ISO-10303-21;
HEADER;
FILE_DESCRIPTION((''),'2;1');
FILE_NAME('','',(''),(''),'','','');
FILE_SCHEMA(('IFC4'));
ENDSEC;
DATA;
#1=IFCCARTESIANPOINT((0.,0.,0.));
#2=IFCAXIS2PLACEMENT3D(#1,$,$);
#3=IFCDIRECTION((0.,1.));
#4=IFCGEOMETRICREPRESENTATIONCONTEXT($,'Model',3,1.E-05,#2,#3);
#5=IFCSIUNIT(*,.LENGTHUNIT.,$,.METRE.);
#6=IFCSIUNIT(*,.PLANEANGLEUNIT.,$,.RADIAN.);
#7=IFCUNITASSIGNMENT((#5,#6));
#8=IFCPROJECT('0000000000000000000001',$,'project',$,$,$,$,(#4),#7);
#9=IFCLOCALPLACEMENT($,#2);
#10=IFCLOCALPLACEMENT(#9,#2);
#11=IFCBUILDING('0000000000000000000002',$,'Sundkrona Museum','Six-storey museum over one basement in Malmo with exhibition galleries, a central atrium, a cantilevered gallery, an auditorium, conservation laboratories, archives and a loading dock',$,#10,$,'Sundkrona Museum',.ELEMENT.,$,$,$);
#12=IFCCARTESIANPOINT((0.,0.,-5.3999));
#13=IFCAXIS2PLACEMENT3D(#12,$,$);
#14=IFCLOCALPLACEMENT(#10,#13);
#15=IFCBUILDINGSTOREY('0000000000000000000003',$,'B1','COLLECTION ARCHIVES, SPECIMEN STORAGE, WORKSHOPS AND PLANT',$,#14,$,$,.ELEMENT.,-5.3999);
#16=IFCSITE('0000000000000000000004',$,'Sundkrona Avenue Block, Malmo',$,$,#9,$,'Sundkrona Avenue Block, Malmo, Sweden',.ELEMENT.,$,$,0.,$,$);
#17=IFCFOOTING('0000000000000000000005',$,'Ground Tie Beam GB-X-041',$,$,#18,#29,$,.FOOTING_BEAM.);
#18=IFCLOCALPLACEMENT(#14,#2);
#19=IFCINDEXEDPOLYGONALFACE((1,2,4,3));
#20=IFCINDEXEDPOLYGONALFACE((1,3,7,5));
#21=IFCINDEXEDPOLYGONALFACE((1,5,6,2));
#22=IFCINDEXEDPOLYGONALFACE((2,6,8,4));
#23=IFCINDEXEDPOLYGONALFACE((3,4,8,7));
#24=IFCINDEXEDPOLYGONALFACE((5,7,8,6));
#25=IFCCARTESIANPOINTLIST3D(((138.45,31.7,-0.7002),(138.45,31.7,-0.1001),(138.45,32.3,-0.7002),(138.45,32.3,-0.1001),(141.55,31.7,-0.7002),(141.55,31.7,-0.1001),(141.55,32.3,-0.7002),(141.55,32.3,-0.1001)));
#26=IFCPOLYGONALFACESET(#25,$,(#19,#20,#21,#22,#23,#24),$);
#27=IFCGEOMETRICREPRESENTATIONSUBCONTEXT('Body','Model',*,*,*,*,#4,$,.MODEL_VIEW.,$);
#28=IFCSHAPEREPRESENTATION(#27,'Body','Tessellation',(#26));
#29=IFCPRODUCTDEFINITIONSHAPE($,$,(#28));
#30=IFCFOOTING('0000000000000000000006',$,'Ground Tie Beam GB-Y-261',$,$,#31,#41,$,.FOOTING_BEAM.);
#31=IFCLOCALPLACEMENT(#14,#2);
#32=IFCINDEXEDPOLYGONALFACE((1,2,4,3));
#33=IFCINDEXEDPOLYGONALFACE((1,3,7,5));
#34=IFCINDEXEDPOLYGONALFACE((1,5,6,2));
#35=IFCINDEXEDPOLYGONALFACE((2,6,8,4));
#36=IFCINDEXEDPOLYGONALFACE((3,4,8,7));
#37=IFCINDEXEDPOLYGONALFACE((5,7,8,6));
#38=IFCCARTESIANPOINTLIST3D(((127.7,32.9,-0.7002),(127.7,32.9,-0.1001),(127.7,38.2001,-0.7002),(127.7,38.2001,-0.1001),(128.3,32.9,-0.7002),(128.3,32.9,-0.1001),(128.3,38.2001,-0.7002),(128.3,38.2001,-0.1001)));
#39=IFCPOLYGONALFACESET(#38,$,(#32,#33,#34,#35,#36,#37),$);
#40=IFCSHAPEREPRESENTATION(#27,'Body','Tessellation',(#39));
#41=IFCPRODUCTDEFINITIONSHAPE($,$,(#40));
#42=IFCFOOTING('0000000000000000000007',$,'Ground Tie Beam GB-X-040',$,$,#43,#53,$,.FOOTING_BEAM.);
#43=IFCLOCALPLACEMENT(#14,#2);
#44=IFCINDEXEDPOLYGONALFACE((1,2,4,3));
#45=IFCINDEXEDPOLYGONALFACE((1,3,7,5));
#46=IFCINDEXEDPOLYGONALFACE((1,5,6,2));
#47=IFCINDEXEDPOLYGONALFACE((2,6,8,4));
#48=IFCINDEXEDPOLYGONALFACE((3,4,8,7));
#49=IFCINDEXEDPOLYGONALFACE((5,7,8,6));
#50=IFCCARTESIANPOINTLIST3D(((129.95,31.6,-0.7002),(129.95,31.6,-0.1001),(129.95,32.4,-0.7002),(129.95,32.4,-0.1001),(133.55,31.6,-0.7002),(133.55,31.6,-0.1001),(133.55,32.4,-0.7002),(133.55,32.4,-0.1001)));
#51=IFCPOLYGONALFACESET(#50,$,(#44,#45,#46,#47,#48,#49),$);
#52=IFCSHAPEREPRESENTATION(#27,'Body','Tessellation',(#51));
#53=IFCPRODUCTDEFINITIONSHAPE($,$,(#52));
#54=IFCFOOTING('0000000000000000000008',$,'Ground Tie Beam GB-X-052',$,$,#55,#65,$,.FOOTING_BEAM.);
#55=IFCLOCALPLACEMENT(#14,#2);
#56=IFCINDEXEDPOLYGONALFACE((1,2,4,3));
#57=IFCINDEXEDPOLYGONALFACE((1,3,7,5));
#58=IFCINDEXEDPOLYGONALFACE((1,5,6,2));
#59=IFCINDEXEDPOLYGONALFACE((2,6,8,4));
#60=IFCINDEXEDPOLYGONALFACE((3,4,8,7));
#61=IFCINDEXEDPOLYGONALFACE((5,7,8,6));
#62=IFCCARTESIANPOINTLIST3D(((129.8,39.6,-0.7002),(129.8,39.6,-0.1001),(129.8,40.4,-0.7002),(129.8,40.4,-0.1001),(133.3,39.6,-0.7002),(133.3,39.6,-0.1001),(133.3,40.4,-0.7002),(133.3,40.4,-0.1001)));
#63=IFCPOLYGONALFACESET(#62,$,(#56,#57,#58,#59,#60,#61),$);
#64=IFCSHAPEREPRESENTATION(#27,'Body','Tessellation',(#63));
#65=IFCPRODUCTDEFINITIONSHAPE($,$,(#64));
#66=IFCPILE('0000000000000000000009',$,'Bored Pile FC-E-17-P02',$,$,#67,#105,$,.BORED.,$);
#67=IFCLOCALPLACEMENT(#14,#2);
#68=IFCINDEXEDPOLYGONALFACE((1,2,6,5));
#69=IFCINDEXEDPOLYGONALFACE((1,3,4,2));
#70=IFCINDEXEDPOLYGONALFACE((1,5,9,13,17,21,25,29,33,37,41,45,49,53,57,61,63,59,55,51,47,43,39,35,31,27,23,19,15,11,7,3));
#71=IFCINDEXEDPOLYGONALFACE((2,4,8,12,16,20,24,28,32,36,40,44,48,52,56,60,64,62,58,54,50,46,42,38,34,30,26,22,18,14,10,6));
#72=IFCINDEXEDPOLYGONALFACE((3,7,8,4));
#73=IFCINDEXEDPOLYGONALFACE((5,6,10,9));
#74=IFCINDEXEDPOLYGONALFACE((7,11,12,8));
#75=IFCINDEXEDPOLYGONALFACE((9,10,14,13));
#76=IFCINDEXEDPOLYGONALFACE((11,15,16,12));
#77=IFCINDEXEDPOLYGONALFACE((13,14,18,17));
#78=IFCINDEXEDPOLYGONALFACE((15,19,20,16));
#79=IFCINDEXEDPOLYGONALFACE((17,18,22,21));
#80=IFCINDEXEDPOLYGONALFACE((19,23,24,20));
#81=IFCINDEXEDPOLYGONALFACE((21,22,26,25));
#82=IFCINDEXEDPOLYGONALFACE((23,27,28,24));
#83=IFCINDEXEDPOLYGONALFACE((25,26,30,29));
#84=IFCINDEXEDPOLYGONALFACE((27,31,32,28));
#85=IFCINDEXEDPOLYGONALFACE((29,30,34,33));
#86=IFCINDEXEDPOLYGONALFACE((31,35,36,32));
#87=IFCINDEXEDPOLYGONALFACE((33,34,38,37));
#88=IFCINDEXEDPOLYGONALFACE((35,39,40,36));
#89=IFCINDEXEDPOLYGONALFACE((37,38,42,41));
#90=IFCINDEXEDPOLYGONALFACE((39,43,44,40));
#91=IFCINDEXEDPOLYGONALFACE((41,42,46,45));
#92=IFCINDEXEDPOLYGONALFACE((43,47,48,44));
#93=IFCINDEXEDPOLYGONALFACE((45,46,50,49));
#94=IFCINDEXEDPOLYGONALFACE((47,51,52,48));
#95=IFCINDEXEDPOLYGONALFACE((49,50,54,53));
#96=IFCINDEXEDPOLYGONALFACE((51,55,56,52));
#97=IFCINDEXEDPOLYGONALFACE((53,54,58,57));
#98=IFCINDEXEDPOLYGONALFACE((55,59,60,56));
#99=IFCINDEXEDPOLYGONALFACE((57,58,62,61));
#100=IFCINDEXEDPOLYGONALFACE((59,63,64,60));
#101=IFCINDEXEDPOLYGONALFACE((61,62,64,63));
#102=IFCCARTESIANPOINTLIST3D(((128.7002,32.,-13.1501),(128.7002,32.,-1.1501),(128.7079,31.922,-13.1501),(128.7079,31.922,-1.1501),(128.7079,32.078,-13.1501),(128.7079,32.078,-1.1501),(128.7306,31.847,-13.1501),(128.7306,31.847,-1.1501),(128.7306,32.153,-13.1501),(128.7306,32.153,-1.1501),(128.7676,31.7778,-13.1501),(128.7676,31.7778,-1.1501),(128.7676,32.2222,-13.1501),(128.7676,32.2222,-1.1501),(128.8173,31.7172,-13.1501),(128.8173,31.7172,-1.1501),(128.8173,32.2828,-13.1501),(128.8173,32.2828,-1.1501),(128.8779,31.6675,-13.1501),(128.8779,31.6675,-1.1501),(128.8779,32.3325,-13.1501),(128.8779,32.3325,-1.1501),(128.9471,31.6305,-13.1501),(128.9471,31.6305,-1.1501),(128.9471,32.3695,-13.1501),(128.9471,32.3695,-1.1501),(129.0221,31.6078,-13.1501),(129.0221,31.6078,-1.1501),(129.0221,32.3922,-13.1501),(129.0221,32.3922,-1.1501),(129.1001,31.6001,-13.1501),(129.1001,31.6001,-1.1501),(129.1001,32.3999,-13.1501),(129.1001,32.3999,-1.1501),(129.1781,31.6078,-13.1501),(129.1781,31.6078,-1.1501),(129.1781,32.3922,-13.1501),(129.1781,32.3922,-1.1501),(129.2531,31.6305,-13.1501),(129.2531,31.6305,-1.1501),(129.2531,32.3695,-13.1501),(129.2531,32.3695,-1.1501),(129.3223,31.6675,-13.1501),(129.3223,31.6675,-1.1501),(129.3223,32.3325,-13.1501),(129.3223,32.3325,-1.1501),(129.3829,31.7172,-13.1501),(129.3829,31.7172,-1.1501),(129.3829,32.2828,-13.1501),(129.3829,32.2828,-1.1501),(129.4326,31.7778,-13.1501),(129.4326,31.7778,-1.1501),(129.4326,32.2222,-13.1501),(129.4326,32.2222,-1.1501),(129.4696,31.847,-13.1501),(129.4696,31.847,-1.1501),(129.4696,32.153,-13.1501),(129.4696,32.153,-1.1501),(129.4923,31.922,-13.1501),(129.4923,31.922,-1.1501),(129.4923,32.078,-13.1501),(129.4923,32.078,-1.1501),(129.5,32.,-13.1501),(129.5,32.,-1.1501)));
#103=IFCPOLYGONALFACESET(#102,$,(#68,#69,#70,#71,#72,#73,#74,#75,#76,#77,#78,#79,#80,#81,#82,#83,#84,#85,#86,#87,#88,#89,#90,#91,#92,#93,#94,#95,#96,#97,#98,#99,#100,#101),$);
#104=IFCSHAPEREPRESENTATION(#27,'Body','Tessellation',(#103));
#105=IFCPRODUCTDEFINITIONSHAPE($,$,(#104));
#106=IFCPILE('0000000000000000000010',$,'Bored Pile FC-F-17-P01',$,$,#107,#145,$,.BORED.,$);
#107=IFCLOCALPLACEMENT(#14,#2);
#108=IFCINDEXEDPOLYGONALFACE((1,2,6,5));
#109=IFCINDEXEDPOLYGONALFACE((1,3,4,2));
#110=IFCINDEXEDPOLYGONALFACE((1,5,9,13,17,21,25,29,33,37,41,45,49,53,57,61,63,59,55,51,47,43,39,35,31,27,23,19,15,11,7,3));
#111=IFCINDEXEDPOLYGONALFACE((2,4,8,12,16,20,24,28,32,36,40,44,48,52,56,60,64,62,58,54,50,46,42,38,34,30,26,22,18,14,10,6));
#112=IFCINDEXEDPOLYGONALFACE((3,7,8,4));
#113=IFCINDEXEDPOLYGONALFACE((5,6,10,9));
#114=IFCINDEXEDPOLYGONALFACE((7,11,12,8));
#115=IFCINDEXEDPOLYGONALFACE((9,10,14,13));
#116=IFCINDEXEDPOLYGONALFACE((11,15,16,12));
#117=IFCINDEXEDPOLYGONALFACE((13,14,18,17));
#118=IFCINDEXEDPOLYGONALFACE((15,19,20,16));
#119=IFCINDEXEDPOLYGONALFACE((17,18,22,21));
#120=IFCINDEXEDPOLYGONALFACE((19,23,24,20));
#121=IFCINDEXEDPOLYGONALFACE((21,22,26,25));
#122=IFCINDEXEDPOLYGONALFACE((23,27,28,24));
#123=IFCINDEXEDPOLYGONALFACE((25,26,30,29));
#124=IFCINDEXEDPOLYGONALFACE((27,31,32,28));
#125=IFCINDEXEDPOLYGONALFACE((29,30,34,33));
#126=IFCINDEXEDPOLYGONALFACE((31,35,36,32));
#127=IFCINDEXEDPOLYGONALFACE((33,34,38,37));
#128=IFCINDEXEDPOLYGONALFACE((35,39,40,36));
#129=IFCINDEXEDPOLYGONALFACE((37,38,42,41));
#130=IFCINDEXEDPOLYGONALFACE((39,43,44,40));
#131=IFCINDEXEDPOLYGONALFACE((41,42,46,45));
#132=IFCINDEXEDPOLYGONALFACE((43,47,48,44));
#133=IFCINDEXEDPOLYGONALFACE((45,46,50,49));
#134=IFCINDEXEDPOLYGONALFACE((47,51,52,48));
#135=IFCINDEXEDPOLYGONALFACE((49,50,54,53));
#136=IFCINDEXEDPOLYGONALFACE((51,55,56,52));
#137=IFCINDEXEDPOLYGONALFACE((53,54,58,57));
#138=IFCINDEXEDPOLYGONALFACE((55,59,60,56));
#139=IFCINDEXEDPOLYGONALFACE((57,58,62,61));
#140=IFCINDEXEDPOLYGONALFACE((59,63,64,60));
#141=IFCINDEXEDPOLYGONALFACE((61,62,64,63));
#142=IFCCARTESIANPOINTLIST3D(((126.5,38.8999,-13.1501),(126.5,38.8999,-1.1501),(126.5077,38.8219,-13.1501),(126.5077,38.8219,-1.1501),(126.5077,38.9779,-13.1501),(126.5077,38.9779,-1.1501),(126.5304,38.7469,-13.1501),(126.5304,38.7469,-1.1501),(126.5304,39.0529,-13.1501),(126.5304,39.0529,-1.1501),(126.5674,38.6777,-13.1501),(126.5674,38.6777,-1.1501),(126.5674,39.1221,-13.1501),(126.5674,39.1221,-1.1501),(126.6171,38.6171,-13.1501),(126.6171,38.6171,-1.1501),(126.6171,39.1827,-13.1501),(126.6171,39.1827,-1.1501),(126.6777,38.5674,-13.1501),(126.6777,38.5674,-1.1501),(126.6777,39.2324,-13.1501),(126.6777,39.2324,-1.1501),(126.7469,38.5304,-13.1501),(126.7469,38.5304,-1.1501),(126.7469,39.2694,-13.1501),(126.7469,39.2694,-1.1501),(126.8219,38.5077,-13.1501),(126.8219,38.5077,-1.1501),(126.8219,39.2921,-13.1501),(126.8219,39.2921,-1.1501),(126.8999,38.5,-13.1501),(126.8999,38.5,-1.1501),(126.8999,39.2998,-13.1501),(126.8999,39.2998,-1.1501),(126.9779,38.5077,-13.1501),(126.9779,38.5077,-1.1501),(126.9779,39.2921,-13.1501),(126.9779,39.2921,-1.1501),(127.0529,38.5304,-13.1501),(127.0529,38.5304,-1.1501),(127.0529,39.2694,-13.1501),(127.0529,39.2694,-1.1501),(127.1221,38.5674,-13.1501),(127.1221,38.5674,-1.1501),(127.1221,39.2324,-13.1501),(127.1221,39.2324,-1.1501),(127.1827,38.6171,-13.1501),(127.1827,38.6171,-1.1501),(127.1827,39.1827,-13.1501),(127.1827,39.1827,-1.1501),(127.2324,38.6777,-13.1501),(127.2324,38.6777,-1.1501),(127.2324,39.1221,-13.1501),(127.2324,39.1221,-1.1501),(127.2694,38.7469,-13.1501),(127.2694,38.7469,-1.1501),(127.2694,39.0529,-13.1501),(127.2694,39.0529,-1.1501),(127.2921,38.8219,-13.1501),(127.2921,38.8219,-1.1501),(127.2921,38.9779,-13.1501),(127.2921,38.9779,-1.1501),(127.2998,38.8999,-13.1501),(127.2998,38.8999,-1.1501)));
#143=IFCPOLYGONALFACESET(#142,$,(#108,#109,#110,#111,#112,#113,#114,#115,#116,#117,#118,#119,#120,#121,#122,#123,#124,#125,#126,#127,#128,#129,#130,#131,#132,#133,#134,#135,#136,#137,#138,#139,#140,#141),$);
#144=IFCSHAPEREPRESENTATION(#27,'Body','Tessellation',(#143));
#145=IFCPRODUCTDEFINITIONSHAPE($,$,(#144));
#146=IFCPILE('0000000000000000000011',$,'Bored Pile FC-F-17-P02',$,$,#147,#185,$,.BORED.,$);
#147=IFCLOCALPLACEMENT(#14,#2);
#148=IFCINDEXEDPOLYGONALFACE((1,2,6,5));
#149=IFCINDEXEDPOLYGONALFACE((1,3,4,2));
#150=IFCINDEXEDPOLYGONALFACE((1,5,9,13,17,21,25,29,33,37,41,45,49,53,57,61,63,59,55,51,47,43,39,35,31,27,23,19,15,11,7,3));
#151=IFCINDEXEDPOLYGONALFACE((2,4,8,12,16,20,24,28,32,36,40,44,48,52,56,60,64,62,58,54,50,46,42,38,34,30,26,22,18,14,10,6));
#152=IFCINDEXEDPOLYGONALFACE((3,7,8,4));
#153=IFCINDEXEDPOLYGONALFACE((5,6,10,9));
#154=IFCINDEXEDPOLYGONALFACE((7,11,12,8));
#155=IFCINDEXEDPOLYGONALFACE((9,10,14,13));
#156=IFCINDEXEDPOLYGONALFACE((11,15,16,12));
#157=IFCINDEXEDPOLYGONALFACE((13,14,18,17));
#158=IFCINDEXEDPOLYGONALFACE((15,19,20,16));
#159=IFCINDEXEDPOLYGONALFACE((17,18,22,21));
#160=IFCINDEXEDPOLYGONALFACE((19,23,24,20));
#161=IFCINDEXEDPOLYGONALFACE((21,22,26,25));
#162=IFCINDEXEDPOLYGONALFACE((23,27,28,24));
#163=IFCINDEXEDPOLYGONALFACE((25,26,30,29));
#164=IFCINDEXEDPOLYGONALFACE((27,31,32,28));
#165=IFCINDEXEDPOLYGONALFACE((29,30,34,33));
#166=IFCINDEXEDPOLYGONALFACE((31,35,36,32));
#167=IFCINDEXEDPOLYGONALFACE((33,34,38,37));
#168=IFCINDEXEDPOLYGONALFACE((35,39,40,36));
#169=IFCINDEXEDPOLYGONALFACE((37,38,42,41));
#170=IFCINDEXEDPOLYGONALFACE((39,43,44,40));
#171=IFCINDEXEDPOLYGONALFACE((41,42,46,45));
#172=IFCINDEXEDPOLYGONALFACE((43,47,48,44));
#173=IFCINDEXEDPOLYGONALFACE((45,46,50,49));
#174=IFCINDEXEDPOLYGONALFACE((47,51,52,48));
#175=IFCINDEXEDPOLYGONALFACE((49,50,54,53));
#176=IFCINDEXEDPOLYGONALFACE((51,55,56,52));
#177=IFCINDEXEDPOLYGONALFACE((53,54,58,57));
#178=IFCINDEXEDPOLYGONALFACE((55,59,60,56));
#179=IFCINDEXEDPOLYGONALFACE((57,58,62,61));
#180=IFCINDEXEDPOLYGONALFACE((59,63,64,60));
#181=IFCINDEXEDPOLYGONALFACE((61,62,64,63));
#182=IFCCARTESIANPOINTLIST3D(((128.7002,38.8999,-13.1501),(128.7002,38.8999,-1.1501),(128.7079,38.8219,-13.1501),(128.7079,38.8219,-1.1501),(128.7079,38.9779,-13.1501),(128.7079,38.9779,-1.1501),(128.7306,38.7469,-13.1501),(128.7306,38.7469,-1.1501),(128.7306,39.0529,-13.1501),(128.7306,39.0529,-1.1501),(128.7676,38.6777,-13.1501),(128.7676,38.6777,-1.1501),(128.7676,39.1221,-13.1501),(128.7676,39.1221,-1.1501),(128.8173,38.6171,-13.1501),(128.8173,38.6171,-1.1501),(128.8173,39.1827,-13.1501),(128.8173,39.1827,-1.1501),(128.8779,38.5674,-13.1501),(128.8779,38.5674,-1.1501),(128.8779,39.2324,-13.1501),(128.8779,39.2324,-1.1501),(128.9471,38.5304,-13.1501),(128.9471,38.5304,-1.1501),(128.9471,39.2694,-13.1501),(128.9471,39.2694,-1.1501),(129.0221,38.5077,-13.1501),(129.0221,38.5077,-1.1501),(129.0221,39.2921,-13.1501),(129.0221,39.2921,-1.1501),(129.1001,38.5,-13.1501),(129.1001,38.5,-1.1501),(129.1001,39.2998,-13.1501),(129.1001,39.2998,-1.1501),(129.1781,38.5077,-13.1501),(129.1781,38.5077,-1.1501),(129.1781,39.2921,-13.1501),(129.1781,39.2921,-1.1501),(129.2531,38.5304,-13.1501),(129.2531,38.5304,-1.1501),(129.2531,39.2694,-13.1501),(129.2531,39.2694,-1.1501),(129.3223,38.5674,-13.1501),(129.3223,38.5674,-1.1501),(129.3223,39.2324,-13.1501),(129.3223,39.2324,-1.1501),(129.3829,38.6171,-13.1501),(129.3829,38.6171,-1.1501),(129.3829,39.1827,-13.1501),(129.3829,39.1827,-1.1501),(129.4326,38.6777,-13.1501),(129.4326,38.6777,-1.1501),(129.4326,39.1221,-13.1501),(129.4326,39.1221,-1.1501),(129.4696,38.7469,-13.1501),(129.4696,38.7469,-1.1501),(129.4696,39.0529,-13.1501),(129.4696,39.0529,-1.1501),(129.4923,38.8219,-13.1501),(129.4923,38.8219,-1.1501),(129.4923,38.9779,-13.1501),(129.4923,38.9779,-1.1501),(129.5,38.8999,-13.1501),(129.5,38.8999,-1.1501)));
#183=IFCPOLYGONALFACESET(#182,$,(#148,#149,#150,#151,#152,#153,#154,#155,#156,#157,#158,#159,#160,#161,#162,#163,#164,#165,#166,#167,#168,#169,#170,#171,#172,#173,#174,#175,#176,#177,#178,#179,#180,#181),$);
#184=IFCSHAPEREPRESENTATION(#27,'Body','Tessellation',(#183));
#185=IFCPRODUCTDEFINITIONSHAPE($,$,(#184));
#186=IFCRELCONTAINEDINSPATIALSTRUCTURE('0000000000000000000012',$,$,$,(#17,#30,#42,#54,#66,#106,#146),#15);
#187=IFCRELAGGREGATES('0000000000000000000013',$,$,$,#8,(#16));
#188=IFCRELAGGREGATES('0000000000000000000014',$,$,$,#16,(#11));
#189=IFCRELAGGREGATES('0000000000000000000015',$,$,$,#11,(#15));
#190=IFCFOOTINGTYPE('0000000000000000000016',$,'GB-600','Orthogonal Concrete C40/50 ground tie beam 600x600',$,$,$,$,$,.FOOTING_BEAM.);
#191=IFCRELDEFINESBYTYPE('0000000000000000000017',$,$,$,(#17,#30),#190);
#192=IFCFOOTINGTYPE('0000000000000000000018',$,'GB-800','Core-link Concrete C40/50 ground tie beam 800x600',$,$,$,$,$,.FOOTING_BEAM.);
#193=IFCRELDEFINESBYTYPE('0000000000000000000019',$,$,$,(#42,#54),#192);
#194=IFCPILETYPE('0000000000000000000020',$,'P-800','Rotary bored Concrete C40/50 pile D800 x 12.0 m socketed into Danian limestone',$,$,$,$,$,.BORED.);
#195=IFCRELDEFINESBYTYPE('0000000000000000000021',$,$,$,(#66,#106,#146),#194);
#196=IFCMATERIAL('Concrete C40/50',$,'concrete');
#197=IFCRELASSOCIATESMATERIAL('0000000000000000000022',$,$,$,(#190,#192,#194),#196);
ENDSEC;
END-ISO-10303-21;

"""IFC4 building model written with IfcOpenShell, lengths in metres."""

from ifc_helpers import new_model, si_unit, direction, frame, origin, origin_2d, place, context, subcontext, project, spatial, rectangle, circle, extrude, material, material_profile, profile_set, type_object, element, save


model = new_model("IFC4")

# Units and contexts
model_context = context("Model", 3, precision=1e-05, world=origin(), true_north=direction((0.0, 1.0)))
body_context = subcontext(model_context, "Body", "Model", "MODEL_VIEW")
ifc_project = project(units=[si_unit("LENGTHUNIT", "METRE"), si_unit("PLANEANGLEUNIT", "RADIAN")], contexts=[model_context])

# Site, building, storey
site_placement = place(None, origin())
site = spatial("IfcSite", under=ifc_project, at=site_placement, Name="Sundkrona Avenue Block, Malmo", LongName="Sundkrona Avenue Block, Malmo, Sweden", CompositionType="ELEMENT", RefElevation=0.0)
building_placement = place(site_placement, origin())
building = spatial("IfcBuilding", under=site, at=building_placement, Name="Sundkrona Museum", Description="Six-storey museum over one basement in Malmo with exhibition galleries, a central atrium, a cantilevered gallery, an auditorium, conservation laboratories, archives and a loading dock", LongName="Sundkrona Museum", CompositionType="ELEMENT")
storey_placement = place(building_placement, frame((0.0, 0.0, -5.3999)))
storey = spatial("IfcBuildingStorey", under=building, at=storey_placement, Name="B1", Description="COLLECTION ARCHIVES, SPECIMEN STORAGE, WORKSHOPS AND PLANT", CompositionType="ELEMENT", Elevation=-5.3999)

# Footings
ifc_material_1 = material(Name="Concrete C40/50", Category="concrete")
footing_type_1 = type_object("IfcFootingType", Name="GB-600", Description="Orthogonal Concrete C40/50 ground tie beam 600x600", PredefinedType="FOOTING_BEAM", material=ifc_material_1)
footing_1_placement = place(storey_placement, frame((140.0, 32.0, -0.7002), z_axis=(0.0, 0.0, 1.0), x_axis=(1.0, 0.0, 0.0)))
element("IfcFooting", 1, at=footing_1_placement, inside=storey, type_object=footing_type_1, Name="Ground Tie Beam GB-X-041", PredefinedType="FOOTING_BEAM", context=body_context, shape_type="SweptSolid", body=[
    extrude(rectangle(XDim=3.1001, YDim=0.6001, at=origin_2d()), origin(), (0.0, 0.0, 1.0), 0.6001),
])
footing_2_placement = place(storey_placement, frame((128.0, 35.55, -0.7002), z_axis=(0.0, 0.0, 1.0), x_axis=(0.0, 1.0, 0.0)))
element("IfcFooting", 2, at=footing_2_placement, inside=storey, type_object=footing_type_1, Name="Ground Tie Beam GB-Y-261", PredefinedType="FOOTING_BEAM", context=body_context, shape_type="SweptSolid", body=[
    extrude(rectangle(XDim=5.3, YDim=0.6001, at=origin_2d()), origin(), (0.0, 0.0, 1.0), 0.6001),
])
footing_type_2 = type_object("IfcFootingType", Name="GB-800", Description="Core-link Concrete C40/50 ground tie beam 800x600", PredefinedType="FOOTING_BEAM", material=ifc_material_1)
footing_3_placement = place(storey_placement, frame((131.75, 32.0, -0.7002), z_axis=(0.0, 0.0, 1.0), x_axis=(1.0, 0.0, 0.0)))
element("IfcFooting", 3, at=footing_3_placement, inside=storey, type_object=footing_type_2, Name="Ground Tie Beam GB-X-040", PredefinedType="FOOTING_BEAM", context=body_context, shape_type="SweptSolid", body=[
    extrude(rectangle(XDim=3.6001, YDim=0.8, at=origin_2d()), origin(), (0.0, 0.0, 1.0), 0.6001),
])
footing_4_placement = place(storey_placement, frame((131.55, 40.0, -0.7002), z_axis=(0.0, 0.0, 1.0), x_axis=(1.0, 0.0, 0.0)))
element("IfcFooting", 4, at=footing_4_placement, inside=storey, type_object=footing_type_2, Name="Ground Tie Beam GB-X-052", PredefinedType="FOOTING_BEAM", context=body_context, shape_type="SweptSolid", body=[
    extrude(rectangle(XDim=3.5, YDim=0.8, at=origin_2d()), origin(), (0.0, 0.0, 1.0), 0.6001),
])

# Piles
ifc_material_profile_1 = material_profile(ifc_material_1, circle(Radius=0.3999, at=origin_2d()), Name="PILE D800")
ifc_profile_set_1 = profile_set([ifc_material_profile_1], Name="Concrete C40/50")
pile_type = type_object("IfcPileType", Name="P-800", Description="Rotary bored Concrete C40/50 pile D800 x 12.0 m socketed into Danian limestone", PredefinedType="BORED", material=ifc_profile_set_1)
for number, where, z_axis, x_axis, name in (
    (5, (129.1001, 32.0, -1.1501), (0.0, 0.0, -1.0), (1.0, 0.0, 0.0), "Bored Pile FC-E-17-P02"),
    (6, (126.8999, 38.8999, -1.1501), (0.0, 0.0, -1.0), (1.0, 0.0, 0.0), "Bored Pile FC-F-17-P01"),
    (7, (129.1001, 38.8999, -1.1501), (0.0, 0.0, -1.0), (1.0, 0.0, 0.0), "Bored Pile FC-F-17-P02"),
):
    element("IfcPile", number, at=place(storey_placement, frame(where, z_axis=z_axis, x_axis=x_axis)), inside=storey, type_object=pile_type, Name=name, PredefinedType="BORED", context=body_context, shape_type="SweptSolid", body=[
        extrude(circle(Radius=0.3999, at=origin_2d()), origin(), (0.0, 0.0, 1.0), 12.0),
    ])

save(model, "model.ifc")
